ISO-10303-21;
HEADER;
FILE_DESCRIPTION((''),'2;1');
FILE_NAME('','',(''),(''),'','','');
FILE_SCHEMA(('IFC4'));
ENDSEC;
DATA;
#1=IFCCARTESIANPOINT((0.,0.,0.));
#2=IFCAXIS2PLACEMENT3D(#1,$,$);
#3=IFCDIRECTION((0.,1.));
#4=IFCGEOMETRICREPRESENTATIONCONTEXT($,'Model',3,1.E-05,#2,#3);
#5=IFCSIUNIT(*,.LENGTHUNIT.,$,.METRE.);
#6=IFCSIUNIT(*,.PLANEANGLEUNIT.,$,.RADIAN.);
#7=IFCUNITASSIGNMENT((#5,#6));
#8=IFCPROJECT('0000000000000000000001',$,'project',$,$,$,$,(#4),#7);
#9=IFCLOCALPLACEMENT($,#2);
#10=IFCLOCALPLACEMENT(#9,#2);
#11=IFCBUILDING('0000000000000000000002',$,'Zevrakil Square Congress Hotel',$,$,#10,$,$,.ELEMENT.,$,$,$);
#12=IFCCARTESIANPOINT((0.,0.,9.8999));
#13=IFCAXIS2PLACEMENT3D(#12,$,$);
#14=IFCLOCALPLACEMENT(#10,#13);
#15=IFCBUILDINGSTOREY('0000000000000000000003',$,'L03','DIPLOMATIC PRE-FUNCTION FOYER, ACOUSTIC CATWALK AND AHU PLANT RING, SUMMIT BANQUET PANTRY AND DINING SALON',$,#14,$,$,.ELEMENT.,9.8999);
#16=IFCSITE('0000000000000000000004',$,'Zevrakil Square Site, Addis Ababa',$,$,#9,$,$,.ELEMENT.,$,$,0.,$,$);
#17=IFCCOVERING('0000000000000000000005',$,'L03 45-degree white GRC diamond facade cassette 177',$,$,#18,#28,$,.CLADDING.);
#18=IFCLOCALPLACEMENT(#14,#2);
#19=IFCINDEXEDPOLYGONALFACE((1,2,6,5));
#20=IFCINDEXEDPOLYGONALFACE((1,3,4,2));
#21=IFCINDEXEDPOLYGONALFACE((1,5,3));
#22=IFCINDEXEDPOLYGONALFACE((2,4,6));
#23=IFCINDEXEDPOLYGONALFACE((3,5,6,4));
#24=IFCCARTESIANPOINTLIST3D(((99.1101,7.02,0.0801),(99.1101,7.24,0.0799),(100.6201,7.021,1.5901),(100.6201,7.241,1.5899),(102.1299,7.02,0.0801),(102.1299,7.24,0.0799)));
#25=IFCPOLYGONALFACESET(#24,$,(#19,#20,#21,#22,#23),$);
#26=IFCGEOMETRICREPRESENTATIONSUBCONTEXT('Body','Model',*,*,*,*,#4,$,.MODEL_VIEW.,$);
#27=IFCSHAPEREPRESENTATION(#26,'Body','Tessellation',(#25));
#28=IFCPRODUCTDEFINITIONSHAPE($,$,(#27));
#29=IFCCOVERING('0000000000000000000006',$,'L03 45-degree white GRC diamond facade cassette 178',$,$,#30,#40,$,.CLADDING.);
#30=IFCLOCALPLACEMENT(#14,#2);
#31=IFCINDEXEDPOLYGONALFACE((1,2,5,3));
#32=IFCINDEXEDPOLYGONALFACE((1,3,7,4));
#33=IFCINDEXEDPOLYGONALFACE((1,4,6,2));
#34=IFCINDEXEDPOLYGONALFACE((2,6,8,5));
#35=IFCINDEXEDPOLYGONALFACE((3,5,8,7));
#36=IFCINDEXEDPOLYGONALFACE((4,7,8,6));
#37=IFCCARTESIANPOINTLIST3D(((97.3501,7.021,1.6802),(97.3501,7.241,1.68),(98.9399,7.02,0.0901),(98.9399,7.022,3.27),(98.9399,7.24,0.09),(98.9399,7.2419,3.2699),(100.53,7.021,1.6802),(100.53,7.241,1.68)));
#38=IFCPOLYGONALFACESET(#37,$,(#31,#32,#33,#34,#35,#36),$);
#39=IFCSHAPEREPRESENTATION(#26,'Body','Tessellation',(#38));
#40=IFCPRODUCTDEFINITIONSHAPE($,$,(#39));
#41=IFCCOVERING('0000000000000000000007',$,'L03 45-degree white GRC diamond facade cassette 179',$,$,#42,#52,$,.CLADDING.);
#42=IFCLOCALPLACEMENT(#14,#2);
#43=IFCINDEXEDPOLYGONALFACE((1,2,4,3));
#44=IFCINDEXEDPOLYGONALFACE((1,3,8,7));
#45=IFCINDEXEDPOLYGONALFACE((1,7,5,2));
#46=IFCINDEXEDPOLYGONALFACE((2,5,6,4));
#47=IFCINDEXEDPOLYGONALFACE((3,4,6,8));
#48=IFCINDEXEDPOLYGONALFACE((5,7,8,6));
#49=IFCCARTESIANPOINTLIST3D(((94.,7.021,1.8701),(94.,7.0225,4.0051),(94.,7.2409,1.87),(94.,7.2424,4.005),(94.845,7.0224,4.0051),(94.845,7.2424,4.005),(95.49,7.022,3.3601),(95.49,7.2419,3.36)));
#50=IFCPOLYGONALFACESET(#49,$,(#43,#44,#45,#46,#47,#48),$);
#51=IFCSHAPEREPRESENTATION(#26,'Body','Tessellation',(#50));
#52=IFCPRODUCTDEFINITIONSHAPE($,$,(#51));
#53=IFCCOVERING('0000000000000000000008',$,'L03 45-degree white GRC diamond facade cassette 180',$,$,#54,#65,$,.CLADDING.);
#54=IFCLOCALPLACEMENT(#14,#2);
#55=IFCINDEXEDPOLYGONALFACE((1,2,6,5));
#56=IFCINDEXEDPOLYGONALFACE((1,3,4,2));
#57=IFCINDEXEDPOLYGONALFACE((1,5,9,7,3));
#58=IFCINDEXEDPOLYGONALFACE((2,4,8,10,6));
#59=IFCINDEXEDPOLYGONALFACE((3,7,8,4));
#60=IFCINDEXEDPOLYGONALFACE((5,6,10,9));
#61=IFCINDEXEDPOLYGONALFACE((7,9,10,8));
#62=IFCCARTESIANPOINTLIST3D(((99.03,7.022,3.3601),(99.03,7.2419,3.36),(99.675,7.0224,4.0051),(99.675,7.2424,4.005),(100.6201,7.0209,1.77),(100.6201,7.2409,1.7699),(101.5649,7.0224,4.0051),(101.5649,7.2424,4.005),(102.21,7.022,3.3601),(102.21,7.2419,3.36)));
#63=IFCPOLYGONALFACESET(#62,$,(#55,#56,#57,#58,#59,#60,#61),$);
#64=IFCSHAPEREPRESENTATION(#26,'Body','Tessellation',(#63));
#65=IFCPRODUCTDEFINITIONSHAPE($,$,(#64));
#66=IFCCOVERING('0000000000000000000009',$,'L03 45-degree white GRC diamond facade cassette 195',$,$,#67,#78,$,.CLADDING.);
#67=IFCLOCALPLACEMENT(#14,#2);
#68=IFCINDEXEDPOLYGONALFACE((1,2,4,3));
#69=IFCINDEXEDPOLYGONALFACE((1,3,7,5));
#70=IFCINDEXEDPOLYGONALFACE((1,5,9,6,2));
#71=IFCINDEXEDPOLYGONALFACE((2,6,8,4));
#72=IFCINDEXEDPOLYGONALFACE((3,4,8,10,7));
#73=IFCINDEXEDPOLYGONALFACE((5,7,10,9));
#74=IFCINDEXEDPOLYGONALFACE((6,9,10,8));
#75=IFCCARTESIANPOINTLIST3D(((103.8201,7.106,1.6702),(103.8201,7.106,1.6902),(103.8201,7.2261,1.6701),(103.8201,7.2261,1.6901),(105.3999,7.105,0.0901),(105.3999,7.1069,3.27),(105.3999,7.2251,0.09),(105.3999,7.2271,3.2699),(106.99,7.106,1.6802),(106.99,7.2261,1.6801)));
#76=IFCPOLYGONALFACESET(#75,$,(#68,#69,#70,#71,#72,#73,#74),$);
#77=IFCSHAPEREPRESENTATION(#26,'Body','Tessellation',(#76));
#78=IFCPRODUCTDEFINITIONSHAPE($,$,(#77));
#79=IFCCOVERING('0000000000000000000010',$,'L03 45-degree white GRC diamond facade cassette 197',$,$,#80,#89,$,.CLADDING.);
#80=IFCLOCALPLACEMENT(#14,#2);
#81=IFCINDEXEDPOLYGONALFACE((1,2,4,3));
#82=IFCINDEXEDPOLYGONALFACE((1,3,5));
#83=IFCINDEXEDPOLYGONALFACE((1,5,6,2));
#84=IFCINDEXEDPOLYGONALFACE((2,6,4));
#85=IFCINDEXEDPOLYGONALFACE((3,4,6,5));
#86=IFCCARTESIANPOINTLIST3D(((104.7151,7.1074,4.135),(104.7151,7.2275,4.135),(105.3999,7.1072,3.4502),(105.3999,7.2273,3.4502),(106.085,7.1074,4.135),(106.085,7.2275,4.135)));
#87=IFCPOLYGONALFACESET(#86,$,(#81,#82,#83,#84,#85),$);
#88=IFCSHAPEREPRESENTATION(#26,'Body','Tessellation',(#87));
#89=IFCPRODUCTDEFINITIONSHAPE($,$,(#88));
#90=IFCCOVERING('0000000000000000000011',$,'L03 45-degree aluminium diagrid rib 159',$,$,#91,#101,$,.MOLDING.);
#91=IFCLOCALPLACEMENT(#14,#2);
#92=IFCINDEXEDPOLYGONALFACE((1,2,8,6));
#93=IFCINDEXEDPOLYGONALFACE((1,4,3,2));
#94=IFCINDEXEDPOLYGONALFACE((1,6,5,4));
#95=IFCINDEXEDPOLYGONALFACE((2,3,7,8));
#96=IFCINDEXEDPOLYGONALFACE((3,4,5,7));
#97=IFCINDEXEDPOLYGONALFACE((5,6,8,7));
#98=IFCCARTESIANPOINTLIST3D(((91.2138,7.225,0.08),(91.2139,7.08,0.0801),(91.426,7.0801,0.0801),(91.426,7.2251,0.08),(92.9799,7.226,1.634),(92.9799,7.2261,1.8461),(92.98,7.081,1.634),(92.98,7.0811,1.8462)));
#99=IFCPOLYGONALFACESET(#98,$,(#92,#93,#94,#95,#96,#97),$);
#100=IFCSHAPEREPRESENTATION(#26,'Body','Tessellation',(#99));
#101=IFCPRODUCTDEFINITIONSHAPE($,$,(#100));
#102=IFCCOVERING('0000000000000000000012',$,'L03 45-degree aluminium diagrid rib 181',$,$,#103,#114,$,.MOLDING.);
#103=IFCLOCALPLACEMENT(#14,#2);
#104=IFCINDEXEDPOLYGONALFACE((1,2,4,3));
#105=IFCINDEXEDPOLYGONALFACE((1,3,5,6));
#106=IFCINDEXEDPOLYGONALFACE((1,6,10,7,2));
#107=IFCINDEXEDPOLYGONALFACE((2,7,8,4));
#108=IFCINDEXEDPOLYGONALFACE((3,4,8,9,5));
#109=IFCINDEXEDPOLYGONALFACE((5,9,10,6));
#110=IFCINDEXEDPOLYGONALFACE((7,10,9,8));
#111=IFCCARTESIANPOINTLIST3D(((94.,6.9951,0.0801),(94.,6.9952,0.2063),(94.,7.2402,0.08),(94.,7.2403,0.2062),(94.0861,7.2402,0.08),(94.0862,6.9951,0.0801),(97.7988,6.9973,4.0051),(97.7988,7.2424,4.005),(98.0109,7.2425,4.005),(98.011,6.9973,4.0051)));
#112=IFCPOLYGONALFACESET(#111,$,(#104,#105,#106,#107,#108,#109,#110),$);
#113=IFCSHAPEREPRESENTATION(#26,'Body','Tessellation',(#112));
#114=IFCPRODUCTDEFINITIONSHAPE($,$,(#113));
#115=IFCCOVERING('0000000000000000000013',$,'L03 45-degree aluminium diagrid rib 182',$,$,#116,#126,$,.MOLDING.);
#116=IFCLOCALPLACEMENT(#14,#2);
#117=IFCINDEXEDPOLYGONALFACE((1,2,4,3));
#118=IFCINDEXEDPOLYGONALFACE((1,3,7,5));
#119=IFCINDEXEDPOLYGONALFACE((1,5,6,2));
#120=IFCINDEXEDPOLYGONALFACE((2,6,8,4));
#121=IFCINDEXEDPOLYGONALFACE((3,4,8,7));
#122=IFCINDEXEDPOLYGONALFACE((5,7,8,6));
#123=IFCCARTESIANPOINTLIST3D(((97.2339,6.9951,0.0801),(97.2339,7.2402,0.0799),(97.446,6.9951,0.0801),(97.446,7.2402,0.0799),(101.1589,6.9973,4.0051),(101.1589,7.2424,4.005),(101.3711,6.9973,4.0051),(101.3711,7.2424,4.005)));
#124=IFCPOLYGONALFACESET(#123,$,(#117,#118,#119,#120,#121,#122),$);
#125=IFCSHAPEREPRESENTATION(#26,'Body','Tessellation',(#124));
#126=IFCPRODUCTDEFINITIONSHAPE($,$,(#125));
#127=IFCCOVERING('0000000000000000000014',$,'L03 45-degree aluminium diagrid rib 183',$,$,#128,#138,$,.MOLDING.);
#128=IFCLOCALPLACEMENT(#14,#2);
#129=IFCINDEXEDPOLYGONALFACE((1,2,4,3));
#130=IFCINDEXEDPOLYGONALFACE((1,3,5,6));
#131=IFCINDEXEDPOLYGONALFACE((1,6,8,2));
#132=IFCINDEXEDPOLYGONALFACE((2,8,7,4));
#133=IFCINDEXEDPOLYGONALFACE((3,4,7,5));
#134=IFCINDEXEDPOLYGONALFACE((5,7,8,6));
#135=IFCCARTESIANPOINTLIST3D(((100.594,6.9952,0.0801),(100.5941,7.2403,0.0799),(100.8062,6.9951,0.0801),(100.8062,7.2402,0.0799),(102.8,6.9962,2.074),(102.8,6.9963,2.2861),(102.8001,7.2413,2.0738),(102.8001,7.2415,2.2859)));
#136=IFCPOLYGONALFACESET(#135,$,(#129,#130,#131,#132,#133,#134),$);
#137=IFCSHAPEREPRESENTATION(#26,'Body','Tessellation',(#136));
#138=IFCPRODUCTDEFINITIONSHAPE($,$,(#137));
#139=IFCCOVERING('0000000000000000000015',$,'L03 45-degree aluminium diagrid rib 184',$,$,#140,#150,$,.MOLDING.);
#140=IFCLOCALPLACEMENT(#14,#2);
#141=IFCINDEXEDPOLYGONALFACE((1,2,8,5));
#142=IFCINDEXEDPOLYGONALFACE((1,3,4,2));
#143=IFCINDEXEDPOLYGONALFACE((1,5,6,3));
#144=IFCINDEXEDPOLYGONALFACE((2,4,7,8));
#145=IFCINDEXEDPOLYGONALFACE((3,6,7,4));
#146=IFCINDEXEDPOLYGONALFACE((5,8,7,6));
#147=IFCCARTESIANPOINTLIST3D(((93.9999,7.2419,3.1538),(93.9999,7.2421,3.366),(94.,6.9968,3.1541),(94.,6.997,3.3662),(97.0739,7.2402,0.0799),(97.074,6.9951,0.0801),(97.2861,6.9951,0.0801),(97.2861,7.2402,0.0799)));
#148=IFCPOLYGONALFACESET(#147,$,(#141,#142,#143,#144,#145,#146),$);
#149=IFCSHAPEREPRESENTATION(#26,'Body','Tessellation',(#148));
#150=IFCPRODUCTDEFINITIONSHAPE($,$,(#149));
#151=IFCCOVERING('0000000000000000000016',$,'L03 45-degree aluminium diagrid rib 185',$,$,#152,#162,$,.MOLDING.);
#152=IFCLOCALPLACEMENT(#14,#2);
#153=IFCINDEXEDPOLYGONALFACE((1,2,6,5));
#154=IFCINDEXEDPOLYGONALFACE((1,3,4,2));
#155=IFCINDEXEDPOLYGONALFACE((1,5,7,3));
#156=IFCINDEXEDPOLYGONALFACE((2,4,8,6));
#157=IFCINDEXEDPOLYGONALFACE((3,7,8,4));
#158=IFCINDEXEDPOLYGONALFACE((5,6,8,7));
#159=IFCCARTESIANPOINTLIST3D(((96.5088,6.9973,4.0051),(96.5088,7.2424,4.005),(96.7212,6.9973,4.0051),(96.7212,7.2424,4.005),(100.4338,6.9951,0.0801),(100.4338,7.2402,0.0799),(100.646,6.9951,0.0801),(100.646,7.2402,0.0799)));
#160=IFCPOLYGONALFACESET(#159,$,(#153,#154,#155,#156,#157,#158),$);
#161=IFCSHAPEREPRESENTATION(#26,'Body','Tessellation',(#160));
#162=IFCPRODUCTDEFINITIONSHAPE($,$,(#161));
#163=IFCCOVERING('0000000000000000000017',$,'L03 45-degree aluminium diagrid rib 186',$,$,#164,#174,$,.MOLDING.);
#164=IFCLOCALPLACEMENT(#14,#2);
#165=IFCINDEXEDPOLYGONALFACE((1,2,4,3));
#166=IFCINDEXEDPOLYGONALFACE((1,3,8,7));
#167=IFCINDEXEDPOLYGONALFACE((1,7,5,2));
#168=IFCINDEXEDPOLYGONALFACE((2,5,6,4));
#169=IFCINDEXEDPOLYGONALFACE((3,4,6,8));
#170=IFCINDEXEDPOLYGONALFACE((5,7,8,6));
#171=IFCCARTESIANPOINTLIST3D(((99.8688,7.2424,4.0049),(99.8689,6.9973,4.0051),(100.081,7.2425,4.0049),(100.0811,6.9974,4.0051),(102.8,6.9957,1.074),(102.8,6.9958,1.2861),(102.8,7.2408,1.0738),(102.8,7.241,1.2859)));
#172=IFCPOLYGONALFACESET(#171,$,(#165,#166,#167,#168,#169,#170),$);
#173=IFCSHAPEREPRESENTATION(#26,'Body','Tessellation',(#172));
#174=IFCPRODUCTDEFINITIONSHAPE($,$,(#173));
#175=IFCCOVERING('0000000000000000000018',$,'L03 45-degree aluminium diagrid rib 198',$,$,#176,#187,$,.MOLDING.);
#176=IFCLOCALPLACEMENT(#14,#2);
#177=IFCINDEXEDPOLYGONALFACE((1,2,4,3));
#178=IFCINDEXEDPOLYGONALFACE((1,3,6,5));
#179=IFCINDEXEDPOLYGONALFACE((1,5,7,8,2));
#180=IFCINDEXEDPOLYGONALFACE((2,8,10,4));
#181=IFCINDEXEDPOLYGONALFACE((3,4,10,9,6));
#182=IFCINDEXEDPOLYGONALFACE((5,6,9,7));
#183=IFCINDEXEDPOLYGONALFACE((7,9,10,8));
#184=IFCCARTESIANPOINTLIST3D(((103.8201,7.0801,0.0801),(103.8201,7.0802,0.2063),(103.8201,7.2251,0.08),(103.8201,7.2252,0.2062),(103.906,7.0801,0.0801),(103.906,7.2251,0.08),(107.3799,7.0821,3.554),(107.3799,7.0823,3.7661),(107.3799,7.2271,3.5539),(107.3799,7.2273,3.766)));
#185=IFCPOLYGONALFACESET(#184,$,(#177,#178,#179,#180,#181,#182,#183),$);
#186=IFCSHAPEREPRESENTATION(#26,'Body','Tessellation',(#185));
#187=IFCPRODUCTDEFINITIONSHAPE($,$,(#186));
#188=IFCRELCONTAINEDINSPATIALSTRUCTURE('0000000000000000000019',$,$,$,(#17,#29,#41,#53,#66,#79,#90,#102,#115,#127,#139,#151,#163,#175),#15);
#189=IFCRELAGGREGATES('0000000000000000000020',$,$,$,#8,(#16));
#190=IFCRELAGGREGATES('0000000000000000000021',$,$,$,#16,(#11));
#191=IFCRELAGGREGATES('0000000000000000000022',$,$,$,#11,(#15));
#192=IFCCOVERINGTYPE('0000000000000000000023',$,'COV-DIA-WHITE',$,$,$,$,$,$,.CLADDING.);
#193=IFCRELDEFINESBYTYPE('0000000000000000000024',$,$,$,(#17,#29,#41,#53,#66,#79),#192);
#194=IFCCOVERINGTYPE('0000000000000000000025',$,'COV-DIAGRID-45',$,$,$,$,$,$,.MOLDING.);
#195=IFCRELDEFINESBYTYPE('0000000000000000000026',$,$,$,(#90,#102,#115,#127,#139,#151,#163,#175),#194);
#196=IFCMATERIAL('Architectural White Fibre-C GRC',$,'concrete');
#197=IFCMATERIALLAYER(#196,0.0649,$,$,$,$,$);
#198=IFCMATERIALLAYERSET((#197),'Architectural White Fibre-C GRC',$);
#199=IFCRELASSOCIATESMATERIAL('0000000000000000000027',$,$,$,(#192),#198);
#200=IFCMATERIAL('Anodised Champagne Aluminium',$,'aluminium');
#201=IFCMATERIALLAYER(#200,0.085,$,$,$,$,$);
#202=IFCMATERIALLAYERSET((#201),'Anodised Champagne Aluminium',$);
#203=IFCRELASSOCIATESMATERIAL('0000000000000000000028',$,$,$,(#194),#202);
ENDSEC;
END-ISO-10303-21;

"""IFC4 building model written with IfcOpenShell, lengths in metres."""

from ifc_helpers import new_model, si_unit, direction, frame, origin, place, context, subcontext, project, spatial, polyline, outline, extrude, material, layer, layer_set, type_object, element, save


model = new_model("IFC4")

# Units and contexts
model_context = context("Model", 3, precision=1e-05, world=origin(), true_north=direction((0.0, 1.0)))
body_context = subcontext(model_context, "Body", "Model", "MODEL_VIEW")
ifc_project = project(units=[si_unit("LENGTHUNIT", "METRE"), si_unit("PLANEANGLEUNIT", "RADIAN")], contexts=[model_context])

# Site, building, storey
site_placement = place(None, origin())
site = spatial("IfcSite", under=ifc_project, at=site_placement, Name="Zevrakil Square Site, Addis Ababa", CompositionType="ELEMENT", RefElevation=0.0)
building_placement = place(site_placement, origin())
building = spatial("IfcBuilding", under=site, at=building_placement, Name="Zevrakil Square Congress Hotel", CompositionType="ELEMENT")
storey_placement = place(building_placement, frame((0.0, 0.0, 9.8999)))
storey = spatial("IfcBuildingStorey", under=building, at=storey_placement, Name="L03", Description="DIPLOMATIC PRE-FUNCTION FOYER, ACOUSTIC CATWALK AND AHU PLANT RING, SUMMIT BANQUET PANTRY AND DINING SALON", CompositionType="ELEMENT", Elevation=9.8999)

# Coverings
ifc_material_1 = material(Name="Architectural White Fibre-C GRC", Category="concrete")
ifc_layer_1 = layer(ifc_material_1, 0.0649)
ifc_layer_set_1 = layer_set([ifc_layer_1], Name="Architectural White Fibre-C GRC")
covering_type_1 = type_object("IfcCoveringType", Name="COV-DIA-WHITE", PredefinedType="CLADDING", material=ifc_layer_set_1)
covering_1_placement = place(storey_placement, frame((100.6201, 7.021, 1.5901), z_axis=(0.0, -1.0, 0.000647), x_axis=(0.70705, -0.000457, -0.707164)))
element("IfcCovering", 1, at=covering_1_placement, inside=storey, type_object=covering_type_1, Name="L03 45-degree white GRC diamond facade cassette 177", PredefinedType="CLADDING", context=body_context, shape_type="SweptSolid", body=[
    extrude(outline(polyline([(0.0, 0.0), (2.1353, 0.0), (0.0002, -2.1355), (0.0, 0.0)])), origin(), (0.0, 0.0, -1.0), 0.22),
])
covering_2_placement = place(storey_placement, frame((98.9399, 7.022, 3.27), z_axis=(0.0, -1.0, 0.000614), x_axis=(0.707161, -0.000434, -0.707052)))
element("IfcCovering", 2, at=covering_2_placement, inside=storey, type_object=covering_type_1, Name="L03 45-degree white GRC diamond facade cassette 178", PredefinedType="CLADDING", context=body_context, shape_type="SweptSolid", body=[
    extrude(outline(polyline([(0.0, 0.0), (2.2486, 0.0), (2.2484, -2.2487), (-0.0002, -2.2484), (0.0, 0.0)])), origin(), (0.0, 0.0, -1.0), 0.22),
])
covering_3_placement = place(storey_placement, frame((95.49, 7.022, 3.3601), z_axis=(-0.000026, -1.0, 0.000696), x_axis=(-0.707107, -0.000474, -0.707107)))
element("IfcCovering", 3, at=covering_3_placement, inside=storey, type_object=covering_type_1, Name="L03 45-degree white GRC diamond facade cassette 179", PredefinedType="CLADDING", context=body_context, shape_type="SweptSolid", body=[
    extrude(outline(polyline([(0.0, 0.0), (2.1072, 0.0), (0.5975, -1.5097), (0.0, -0.9122), (0.0, 0.0)])), origin(), (0.0, 0.0, -1.0), 0.22),
])
covering_4_placement = place(storey_placement, frame((102.21, 7.022, 3.3601), z_axis=(0.0, -1.0, 0.00067), x_axis=(-0.707052, -0.000474, -0.707161)))
element("IfcCovering", 4, at=covering_4_placement, inside=storey, type_object=covering_type_1, Name="L03 45-degree white GRC diamond facade cassette 180", PredefinedType="CLADDING", context=body_context, shape_type="SweptSolid", body=[
    extrude(outline(polyline([(0.0, 0.0), (2.2486, 0.0), (2.2484, -2.2487), (1.3362, -2.2487), (-0.0001, -0.9122), (0.0, 0.0)])), origin(), (0.0, 0.0, -1.0), 0.22),
])
covering_5_placement = place(storey_placement, frame((105.3999, 7.1069, 3.27), z_axis=(0.0, -1.0, 0.000612), x_axis=(0.707161, -0.000433, -0.707052)))
element("IfcCovering", 5, at=covering_5_placement, inside=storey, type_object=covering_type_1, Name="L03 45-degree white GRC diamond facade cassette 195", PredefinedType="CLADDING", context=body_context, shape_type="SweptSolid", body=[
    extrude(outline(polyline([(0.0, 0.0), (2.2486, 0.0), (2.2484, -2.2487), (0.014, -2.2484), (-0.0002, -2.2342), (0.0, 0.0)])), origin(), (0.0, 0.0, -1.0), 0.1201),
])
covering_6_placement = place(storey_placement, frame((105.3999, 7.1072, 3.4502), z_axis=(0.0, -1.0, 0.000357), x_axis=(-0.707107, 0.000252, 0.707107)))
element("IfcCovering", 6, at=covering_6_placement, inside=storey, type_object=covering_type_1, Name="L03 45-degree white GRC diamond facade cassette 197", PredefinedType="CLADDING", context=body_context, shape_type="SweptSolid", body=[
    extrude(outline(polyline([(0.0, 0.0), (0.9685, 0.0), (-0.0002, -0.9686), (0.0, 0.0)])), origin(), (0.0, 0.0, -1.0), 0.1201),
])
ifc_material_2 = material(Name="Anodised Champagne Aluminium", Category="aluminium")
ifc_layer_2 = layer(ifc_material_2, 0.085)
ifc_layer_set_2 = layer_set([ifc_layer_2], Name="Anodised Champagne Aluminium")
covering_type_2 = type_object("IfcCoveringType", Name="COV-DIAGRID-45", PredefinedType="MOLDING", material=ifc_layer_set_2)
covering_7_placement = place(storey_placement, frame((91.426, 7.0801, 0.0801), z_axis=(0.000294, -1.0, 0.000294), x_axis=(-1.0, -0.000294, 0.0)))
element("IfcCovering", 7, at=covering_7_placement, inside=storey, type_object=covering_type_2, Name="L03 45-degree aluminium diagrid rib 159", PredefinedType="MOLDING", context=body_context, shape_type="SweptSolid", body=[
    extrude(outline(polyline([(0.0, 0.0), (0.2122, 0.0), (-1.554, -1.7661), (-1.554, -1.554), (0.0, 0.0)])), origin(), (0.0, 0.0, -1.0), 0.145),
])
covering_8_placement = place(storey_placement, frame((94.0862, 6.9951, 0.0801), z_axis=(0.000168, -1.0, 0.000397), x_axis=(-1.0, -0.000168, 0.0)))
element("IfcCovering", 8, at=covering_8_placement, inside=storey, type_object=covering_type_2, Name="L03 45-degree aluminium diagrid rib 181", PredefinedType="MOLDING", context=body_context, shape_type="SweptSolid", body=[
    extrude(outline(polyline([(0.0, 0.0), (0.0862, 0.0), (0.0862, -0.1262), (-3.7126, -3.925), (-3.9248, -3.925), (0.0, 0.0)])), origin(), (0.0, 0.0, -1.0), 0.2451),
])
covering_9_placement = place(storey_placement, frame((97.446, 6.9951, 0.0801), z_axis=(0.0, -1.0, 0.00056), x_axis=(-1.0, 0.0, 0.0)))
element("IfcCovering", 9, at=covering_9_placement, inside=storey, type_object=covering_type_2, Name="L03 45-degree aluminium diagrid rib 182", PredefinedType="MOLDING", context=body_context, shape_type="SweptSolid", body=[
    extrude(outline(polyline([(0.0, 0.0), (0.2122, 0.0), (-3.7129, -3.925), (-3.925, -3.925), (0.0, 0.0)])), origin(), (0.0, 0.0, -1.0), 0.2451),
])
covering_10_placement = place(storey_placement, frame((100.8062, 6.9951, 0.0801), z_axis=(-0.000314, -1.0, 0.000837), x_axis=(-1.0, 0.000314, 0.0)))
element("IfcCovering", 10, at=covering_10_placement, inside=storey, type_object=covering_type_2, Name="L03 45-degree aluminium diagrid rib 183", PredefinedType="MOLDING", context=body_context, shape_type="SweptSolid", body=[
    extrude(outline(polyline([(0.0, 0.0), (0.2122, 0.0), (-1.9939, -2.2061), (-1.9939, -1.9939), (0.0, 0.0)])), origin(), (0.0, 0.0, -1.0), 0.2451),
])
covering_11_placement = place(storey_placement, frame((94.0, 6.9968, 3.1541), z_axis=(0.000287, -1.0, 0.000863), x_axis=(0.0, 0.000863, 1.0)))
element("IfcCovering", 11, at=covering_11_placement, inside=storey, type_object=covering_type_2, Name="L03 45-degree aluminium diagrid rib 184", PredefinedType="MOLDING", context=body_context, shape_type="SweptSolid", body=[
    extrude(outline(polyline([(0.0, 0.0), (0.2122, 0.0), (-3.074, -3.2861), (-3.074, -3.074), (0.0, 0.0)])), origin(), (0.0, 0.0, -1.0), 0.2451),
])
covering_12_placement = place(storey_placement, frame((96.5088, 6.9973, 4.0051), z_axis=(0.0, -1.0, 0.00056), x_axis=(1.0, 0.0, 0.0)))
element("IfcCovering", 12, at=covering_12_placement, inside=storey, type_object=covering_type_2, Name="L03 45-degree aluminium diagrid rib 185", PredefinedType="MOLDING", context=body_context, shape_type="SweptSolid", body=[
    extrude(outline(polyline([(0.0, 0.0), (0.2124, 0.0), (4.1372, -3.925), (3.925, -3.925), (0.0, 0.0)])), origin(), (0.0, 0.0, -1.0), 0.2451),
])
covering_13_placement = place(storey_placement, frame((99.8689, 6.9973, 4.0051), z_axis=(0.000295, -1.0, 0.000856), x_axis=(1.0, 0.000295, 0.0)))
element("IfcCovering", 13, at=covering_13_placement, inside=storey, type_object=covering_type_2, Name="L03 45-degree aluminium diagrid rib 186", PredefinedType="MOLDING", context=body_context, shape_type="SweptSolid", body=[
    extrude(outline(polyline([(0.0, 0.0), (0.2122, 0.0), (2.9312, -2.719), (2.9312, -2.9312), (0.0, 0.0)])), origin(), (0.0, 0.0, -1.0), 0.2451),
])
covering_14_placement = place(storey_placement, frame((103.906, 7.0801, 0.0801), z_axis=(-0.000104, -1.0, 0.00069), x_axis=(-1.0, 0.000104, 0.0)))
element("IfcCovering", 14, at=covering_14_placement, inside=storey, type_object=covering_type_2, Name="L03 45-degree aluminium diagrid rib 198", PredefinedType="MOLDING", context=body_context, shape_type="SweptSolid", body=[
    extrude(outline(polyline([(0.0, 0.0), (0.0859, 0.0), (0.0859, -0.1262), (-3.4739, -3.686), (-3.4739, -3.4739), (0.0, 0.0)])), origin(), (0.0, 0.0, -1.0), 0.145),
])

save(model, "model.ifc")
